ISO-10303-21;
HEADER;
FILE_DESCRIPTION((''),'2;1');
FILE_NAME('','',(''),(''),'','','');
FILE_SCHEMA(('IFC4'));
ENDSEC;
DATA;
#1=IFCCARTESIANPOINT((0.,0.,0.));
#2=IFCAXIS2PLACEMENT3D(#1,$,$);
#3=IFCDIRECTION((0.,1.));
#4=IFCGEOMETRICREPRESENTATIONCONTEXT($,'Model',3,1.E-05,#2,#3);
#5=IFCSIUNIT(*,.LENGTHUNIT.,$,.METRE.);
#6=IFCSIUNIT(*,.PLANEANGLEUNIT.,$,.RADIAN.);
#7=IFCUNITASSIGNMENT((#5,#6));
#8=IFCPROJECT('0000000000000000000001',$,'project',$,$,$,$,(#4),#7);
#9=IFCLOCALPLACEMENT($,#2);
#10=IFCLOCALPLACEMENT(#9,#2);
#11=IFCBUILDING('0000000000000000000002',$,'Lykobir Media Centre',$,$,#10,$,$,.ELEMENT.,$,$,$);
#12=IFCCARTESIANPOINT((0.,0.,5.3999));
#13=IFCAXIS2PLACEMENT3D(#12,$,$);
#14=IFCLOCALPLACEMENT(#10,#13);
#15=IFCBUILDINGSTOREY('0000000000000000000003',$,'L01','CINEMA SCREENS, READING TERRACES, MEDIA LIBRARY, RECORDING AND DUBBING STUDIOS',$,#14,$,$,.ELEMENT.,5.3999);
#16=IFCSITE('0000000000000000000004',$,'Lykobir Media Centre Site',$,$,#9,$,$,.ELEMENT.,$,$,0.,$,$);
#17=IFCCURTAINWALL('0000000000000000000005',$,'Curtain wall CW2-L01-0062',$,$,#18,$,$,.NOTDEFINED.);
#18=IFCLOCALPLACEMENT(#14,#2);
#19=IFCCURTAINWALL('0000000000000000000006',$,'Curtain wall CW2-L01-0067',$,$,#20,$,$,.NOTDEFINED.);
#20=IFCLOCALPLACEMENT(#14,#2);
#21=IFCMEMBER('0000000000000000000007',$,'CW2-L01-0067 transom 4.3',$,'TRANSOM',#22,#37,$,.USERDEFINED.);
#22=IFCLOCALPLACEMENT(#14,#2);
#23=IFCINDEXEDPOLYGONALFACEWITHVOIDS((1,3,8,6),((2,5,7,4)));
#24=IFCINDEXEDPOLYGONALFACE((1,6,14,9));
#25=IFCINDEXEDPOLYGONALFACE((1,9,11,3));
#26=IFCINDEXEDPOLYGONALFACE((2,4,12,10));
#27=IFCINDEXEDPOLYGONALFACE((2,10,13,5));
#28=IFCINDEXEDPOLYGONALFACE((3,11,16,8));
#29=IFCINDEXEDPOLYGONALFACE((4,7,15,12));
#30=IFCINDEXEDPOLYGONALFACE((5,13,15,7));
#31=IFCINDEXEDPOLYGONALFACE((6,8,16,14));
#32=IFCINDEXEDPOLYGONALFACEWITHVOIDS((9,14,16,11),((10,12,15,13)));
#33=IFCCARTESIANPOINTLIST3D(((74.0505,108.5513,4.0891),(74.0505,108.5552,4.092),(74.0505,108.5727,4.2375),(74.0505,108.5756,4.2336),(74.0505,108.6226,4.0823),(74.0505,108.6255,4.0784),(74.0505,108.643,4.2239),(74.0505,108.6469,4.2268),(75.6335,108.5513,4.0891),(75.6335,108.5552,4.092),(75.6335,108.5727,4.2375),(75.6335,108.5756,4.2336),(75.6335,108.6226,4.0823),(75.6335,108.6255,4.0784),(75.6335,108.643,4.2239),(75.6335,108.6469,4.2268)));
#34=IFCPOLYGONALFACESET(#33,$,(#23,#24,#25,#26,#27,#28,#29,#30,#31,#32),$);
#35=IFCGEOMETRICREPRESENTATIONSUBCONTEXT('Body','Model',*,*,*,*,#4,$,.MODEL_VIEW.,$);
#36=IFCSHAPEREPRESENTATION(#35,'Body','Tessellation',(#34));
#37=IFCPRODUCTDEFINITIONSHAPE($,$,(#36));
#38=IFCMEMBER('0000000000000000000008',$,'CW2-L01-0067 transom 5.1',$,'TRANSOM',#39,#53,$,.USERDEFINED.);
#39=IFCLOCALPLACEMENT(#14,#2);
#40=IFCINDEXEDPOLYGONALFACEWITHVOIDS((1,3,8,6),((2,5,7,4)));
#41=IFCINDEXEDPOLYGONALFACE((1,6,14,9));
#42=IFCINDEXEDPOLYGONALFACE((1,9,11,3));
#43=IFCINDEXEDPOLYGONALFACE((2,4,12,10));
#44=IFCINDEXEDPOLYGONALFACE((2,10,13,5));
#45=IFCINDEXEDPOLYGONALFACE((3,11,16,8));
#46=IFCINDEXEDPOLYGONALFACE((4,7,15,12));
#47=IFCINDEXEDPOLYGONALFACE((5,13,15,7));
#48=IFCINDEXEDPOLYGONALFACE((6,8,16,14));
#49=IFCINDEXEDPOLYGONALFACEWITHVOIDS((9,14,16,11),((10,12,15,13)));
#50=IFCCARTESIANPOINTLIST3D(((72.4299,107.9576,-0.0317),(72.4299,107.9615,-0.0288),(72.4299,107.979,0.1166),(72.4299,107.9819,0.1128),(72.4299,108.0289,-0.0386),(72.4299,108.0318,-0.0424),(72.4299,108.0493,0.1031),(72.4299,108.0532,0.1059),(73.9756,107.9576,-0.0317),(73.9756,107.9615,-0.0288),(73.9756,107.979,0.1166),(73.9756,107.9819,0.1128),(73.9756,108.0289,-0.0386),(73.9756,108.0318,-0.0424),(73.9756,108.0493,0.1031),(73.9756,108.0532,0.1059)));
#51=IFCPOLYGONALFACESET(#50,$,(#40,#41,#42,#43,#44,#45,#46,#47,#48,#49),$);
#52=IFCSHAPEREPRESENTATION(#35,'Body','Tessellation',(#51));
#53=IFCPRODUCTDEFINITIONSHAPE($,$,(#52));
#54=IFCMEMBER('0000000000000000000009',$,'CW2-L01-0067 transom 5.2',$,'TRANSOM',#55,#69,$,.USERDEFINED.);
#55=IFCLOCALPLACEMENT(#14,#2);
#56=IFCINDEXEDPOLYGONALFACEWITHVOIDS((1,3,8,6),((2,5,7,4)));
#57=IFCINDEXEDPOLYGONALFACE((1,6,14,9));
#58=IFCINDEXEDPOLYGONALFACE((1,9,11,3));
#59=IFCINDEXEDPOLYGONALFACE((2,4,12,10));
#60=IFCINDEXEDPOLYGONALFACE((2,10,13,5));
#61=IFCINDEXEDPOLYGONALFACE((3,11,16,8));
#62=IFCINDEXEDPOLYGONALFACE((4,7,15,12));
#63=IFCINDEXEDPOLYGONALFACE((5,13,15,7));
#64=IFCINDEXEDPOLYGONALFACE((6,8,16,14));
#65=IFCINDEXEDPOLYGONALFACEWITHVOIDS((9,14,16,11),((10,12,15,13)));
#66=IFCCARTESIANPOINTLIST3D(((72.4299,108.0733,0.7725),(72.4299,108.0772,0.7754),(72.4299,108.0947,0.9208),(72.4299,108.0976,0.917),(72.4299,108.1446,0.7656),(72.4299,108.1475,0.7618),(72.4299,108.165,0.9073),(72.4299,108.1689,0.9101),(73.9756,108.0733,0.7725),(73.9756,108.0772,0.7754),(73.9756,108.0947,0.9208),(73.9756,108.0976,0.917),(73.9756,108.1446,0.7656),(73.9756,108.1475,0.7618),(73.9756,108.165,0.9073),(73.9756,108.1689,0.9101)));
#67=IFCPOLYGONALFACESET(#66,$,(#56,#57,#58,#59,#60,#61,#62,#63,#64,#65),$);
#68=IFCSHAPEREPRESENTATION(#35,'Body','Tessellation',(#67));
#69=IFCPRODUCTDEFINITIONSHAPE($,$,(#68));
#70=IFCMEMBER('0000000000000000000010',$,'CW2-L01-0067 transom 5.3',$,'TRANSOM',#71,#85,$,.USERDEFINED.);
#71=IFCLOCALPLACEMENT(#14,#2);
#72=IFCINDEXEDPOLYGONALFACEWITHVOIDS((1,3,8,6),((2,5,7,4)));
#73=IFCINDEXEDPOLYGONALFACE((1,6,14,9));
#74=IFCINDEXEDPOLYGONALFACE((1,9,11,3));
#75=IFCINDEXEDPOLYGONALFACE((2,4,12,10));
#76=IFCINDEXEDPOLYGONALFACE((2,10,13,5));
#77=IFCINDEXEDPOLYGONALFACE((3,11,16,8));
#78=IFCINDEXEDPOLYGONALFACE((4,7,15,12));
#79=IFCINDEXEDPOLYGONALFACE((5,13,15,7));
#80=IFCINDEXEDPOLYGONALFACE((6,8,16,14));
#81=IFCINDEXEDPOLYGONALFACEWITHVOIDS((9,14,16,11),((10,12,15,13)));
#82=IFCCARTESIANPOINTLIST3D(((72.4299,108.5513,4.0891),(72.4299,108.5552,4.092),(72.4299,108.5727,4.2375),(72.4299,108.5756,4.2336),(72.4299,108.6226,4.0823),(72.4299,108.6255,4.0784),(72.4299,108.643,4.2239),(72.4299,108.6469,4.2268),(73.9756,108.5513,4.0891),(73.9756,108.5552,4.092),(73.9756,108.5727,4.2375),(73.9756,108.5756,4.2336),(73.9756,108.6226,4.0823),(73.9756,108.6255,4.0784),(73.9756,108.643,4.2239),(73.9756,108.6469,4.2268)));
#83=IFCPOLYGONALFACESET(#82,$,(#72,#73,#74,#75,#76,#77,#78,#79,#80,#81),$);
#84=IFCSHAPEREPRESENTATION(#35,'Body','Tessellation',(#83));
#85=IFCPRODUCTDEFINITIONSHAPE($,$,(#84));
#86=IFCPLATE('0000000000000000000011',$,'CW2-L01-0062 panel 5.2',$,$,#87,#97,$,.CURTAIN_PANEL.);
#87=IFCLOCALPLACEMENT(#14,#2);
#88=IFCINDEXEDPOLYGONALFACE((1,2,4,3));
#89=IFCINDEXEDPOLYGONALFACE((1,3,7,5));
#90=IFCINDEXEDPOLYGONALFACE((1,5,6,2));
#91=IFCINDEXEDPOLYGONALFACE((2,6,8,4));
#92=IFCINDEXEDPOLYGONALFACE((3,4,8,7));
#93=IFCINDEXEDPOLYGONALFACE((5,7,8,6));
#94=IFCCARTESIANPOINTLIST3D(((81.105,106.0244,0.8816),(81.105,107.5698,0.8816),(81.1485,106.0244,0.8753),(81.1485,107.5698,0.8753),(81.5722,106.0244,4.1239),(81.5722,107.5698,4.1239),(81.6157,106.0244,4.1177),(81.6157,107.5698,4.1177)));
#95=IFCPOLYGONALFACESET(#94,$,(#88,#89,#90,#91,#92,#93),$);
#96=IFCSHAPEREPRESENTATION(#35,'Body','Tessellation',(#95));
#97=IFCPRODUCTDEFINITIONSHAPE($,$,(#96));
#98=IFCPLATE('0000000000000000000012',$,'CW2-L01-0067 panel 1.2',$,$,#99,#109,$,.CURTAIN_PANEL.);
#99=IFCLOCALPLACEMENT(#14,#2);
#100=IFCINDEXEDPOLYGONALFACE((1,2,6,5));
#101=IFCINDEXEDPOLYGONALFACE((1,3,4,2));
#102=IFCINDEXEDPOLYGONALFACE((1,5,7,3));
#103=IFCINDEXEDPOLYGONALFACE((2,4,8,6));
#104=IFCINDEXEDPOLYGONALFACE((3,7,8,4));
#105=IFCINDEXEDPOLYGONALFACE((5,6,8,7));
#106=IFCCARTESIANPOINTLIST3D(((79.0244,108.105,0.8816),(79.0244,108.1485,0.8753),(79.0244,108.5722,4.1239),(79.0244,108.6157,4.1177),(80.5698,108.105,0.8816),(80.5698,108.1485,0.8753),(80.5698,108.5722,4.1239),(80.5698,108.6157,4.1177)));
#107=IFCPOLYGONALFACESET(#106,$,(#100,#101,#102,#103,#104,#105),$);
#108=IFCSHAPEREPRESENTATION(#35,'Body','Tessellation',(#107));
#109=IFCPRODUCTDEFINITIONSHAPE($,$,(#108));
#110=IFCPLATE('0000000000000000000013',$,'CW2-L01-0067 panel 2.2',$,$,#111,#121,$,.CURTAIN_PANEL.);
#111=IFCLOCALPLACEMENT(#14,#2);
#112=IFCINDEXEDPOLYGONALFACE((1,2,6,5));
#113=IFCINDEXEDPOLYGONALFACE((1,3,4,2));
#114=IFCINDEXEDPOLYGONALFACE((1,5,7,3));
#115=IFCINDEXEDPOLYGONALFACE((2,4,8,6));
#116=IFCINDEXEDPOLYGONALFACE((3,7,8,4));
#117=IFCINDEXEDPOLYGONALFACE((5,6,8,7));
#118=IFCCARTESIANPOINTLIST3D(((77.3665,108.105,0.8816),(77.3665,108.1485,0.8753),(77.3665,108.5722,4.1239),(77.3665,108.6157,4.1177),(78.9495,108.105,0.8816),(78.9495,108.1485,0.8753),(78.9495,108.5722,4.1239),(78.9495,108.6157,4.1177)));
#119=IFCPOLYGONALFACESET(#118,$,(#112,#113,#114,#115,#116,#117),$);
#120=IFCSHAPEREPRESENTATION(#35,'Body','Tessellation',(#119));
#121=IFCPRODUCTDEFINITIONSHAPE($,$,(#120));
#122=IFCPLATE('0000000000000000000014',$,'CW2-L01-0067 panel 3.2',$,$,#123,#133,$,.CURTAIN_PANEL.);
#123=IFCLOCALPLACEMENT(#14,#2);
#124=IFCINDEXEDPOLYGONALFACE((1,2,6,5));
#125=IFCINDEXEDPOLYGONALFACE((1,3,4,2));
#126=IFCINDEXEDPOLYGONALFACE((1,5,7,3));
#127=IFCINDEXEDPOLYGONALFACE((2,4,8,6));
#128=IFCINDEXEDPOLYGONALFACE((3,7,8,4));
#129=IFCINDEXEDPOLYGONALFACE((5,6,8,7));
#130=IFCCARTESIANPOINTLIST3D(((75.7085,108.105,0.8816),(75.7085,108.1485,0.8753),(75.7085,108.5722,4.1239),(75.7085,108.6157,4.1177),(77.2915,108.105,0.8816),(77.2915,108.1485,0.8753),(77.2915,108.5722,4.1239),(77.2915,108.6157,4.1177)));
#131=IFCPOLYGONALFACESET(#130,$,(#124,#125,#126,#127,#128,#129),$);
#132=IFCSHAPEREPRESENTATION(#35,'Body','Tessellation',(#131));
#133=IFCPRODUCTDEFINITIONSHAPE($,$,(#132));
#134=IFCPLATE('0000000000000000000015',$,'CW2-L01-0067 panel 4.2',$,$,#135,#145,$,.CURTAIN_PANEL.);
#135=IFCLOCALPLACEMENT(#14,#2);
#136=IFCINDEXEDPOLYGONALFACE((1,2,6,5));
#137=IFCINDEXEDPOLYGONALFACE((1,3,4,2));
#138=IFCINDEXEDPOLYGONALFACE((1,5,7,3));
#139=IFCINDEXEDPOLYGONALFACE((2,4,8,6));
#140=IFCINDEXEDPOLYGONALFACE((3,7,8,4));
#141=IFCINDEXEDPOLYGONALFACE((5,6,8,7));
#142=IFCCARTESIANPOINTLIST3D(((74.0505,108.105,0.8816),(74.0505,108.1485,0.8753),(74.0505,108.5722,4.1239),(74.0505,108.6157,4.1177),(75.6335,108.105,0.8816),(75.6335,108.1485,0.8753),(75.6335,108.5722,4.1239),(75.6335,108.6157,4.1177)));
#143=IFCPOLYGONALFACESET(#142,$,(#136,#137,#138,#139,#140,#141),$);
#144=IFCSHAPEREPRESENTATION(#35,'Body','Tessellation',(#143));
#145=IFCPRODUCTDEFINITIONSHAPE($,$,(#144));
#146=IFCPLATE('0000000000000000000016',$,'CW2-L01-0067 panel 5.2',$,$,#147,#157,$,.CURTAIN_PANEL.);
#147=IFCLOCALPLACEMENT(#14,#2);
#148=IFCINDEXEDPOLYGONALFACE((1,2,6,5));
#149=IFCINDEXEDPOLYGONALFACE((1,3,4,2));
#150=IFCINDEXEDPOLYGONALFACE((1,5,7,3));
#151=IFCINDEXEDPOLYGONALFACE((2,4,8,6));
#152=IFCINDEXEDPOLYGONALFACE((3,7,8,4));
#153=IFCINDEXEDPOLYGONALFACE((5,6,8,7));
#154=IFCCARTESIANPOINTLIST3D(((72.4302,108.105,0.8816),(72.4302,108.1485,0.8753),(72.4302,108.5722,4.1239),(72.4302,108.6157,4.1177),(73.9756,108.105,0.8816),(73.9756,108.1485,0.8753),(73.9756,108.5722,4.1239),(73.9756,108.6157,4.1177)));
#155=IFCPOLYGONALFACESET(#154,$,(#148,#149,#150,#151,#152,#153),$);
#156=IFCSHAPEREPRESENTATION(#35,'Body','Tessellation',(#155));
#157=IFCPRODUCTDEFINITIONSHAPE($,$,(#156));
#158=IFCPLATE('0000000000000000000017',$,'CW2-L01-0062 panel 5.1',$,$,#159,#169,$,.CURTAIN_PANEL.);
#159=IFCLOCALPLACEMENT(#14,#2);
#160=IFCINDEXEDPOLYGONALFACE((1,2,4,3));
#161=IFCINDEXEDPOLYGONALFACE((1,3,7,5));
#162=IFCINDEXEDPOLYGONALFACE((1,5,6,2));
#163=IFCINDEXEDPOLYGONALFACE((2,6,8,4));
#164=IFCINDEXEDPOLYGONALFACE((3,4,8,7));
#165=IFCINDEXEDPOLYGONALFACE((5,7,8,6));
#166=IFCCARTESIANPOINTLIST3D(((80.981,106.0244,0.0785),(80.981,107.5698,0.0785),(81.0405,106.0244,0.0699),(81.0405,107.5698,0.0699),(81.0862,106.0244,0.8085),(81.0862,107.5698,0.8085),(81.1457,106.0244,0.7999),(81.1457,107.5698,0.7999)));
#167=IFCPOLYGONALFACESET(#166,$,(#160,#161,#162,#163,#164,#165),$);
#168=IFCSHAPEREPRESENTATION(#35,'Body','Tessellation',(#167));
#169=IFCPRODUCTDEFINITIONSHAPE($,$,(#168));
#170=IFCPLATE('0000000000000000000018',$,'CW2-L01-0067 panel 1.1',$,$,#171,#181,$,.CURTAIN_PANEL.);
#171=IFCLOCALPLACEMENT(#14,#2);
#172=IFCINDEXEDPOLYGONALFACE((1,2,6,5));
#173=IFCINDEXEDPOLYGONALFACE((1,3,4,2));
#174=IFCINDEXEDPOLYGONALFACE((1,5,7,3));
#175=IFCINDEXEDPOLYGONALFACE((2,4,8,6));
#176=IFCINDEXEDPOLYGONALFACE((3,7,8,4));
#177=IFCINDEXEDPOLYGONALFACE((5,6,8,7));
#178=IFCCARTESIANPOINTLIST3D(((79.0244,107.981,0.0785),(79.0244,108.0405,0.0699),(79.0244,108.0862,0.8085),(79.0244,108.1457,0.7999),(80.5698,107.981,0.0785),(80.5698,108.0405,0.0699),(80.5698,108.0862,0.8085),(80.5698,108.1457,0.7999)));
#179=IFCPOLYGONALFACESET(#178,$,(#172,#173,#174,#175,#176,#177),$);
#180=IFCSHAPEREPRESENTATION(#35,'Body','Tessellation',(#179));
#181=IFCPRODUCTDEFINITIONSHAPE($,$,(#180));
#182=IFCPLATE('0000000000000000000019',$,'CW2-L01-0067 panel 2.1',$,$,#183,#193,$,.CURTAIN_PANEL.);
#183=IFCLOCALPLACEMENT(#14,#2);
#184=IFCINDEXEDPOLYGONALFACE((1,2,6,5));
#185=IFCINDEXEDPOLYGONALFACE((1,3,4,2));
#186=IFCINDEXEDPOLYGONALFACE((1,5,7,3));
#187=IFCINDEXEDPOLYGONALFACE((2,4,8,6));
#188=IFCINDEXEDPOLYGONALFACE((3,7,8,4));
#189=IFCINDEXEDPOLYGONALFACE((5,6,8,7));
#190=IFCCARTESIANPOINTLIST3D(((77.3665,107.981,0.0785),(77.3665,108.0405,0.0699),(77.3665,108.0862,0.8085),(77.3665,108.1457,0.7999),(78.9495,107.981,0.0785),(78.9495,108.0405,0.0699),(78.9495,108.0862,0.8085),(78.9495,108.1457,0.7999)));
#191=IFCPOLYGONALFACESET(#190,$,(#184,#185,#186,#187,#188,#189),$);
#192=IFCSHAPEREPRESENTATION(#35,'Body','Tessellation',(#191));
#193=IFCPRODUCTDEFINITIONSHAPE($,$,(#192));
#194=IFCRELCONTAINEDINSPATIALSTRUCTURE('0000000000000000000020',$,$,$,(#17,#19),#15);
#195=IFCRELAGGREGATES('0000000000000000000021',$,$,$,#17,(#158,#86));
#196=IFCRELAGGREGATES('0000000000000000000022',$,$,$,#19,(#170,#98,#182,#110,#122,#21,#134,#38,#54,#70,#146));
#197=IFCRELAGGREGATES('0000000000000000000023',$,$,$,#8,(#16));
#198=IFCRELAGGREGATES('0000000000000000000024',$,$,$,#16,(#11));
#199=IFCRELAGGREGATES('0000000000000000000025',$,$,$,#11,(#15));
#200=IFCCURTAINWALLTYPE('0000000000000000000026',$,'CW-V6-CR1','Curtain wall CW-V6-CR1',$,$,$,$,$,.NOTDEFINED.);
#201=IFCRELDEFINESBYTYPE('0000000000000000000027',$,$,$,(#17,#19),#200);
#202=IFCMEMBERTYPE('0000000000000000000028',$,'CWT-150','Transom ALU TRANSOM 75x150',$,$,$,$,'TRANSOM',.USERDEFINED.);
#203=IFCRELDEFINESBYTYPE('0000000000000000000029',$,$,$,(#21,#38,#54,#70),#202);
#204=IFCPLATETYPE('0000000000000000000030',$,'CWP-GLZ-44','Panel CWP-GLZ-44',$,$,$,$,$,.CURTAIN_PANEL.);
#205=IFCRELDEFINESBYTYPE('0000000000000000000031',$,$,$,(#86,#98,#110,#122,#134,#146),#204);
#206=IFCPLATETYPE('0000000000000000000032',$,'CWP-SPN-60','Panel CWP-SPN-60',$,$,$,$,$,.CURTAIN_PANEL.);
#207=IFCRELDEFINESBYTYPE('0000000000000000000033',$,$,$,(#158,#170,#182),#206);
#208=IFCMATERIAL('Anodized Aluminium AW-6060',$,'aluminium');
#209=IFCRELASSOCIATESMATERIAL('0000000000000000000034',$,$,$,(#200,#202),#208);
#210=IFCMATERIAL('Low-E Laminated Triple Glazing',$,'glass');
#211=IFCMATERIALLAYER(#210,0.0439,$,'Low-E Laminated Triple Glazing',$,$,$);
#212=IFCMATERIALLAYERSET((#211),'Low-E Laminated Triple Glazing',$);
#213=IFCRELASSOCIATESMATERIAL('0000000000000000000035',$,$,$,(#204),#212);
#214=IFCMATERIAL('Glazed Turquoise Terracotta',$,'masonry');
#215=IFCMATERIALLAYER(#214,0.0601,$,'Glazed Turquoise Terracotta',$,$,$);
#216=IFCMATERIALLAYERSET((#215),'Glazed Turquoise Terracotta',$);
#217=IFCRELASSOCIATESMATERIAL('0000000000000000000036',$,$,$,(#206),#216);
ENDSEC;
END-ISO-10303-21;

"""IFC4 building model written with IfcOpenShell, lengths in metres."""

from ifc_helpers import new_model, si_unit, direction, frame, origin, origin_2d, place, context, subcontext, project, spatial, rectangle, hollow_rectangle, extrude, material, layer, layer_set, material_profile, profile_set, type_object, element, aggregate, save


model = new_model("IFC4")

# Units and contexts
model_context = context("Model", 3, precision=1e-05, world=origin(), true_north=direction((0.0, 1.0)))
body_context = subcontext(model_context, "Body", "Model", "MODEL_VIEW")
ifc_project = project(units=[si_unit("LENGTHUNIT", "METRE"), si_unit("PLANEANGLEUNIT", "RADIAN")], contexts=[model_context])

# Site, building, storey
site_placement = place(None, origin())
site = spatial("IfcSite", under=ifc_project, at=site_placement, Name="Lykobir Media Centre Site", CompositionType="ELEMENT", RefElevation=0.0)
building_placement = place(site_placement, origin())
building = spatial("IfcBuilding", under=site, at=building_placement, Name="Lykobir Media Centre", CompositionType="ELEMENT")
storey_placement = place(building_placement, frame((0.0, 0.0, 5.3999)))
storey = spatial("IfcBuildingStorey", under=building, at=storey_placement, Name="L01", Description="CINEMA SCREENS, READING TERRACES, MEDIA LIBRARY, RECORDING AND DUBBING STUDIOS", CompositionType="ELEMENT", Elevation=5.3999)

# Curtain wall
ifc_material_1 = material(Name="Anodized Aluminium AW-6060", Category="aluminium")
curtain_wall_type = type_object("IfcCurtainWallType", Name="CW-V6-CR1", Description="Curtain wall CW-V6-CR1", PredefinedType="NOTDEFINED", material=ifc_material_1)
curtain_wall_1_placement = place(storey_placement, origin())
curtain_wall_1 = element("IfcCurtainWall", 1, at=curtain_wall_1_placement, inside=storey, type_object=curtain_wall_type, Name="Curtain wall CW2-L01-0062", PredefinedType="NOTDEFINED")

# Curtain wall
curtain_wall_2_placement = place(storey_placement, origin())
curtain_wall_2 = element("IfcCurtainWall", 2, at=curtain_wall_2_placement, inside=storey, type_object=curtain_wall_type, Name="Curtain wall CW2-L01-0067", PredefinedType="NOTDEFINED")

# Members
ifc_material_profile_1 = material_profile(ifc_material_1, hollow_rectangle(XDim=0.075, YDim=0.1499, WallThickness=0.0034, at=origin_2d()), Name="ALU TRANSOM 75x150")
ifc_profile_set_1 = profile_set([ifc_material_profile_1], Name="Anodized Aluminium AW-6060")
member_type_1 = type_object("IfcMemberType", Name="CWT-150", Description="Transom ALU TRANSOM 75x150", ElementType="TRANSOM", PredefinedType="USERDEFINED", material=ifc_profile_set_1)
member_1_placement = place(storey_placement, frame((75.6335, 108.5991, 4.158), z_axis=(-1.0, 0.0, 0.0), x_axis=(0.0, -0.989776, 0.142629)))
member_1 = element("IfcMember", 3, at=member_1_placement, type_object=member_type_1, Name="CW2-L01-0067 transom 4.3", ObjectType="TRANSOM", PredefinedType="USERDEFINED", context=body_context, shape_type="SweptSolid", body=[
    extrude(hollow_rectangle(XDim=0.075, YDim=0.1499, WallThickness=0.0034, at=origin_2d()), origin(), (0.0, 0.0, 1.0), 1.583),
])
member_2_placement = place(storey_placement, frame((73.9756, 108.0054, 0.0371), z_axis=(-1.0, 0.0, 0.0), x_axis=(0.0, -0.989776, 0.142629)))
member_2 = element("IfcMember", 4, at=member_2_placement, type_object=member_type_1, Name="CW2-L01-0067 transom 5.1", ObjectType="TRANSOM", PredefinedType="USERDEFINED", context=body_context, shape_type="SweptSolid", body=[
    extrude(hollow_rectangle(XDim=0.075, YDim=0.1499, WallThickness=0.0034, at=origin_2d()), origin(), (0.0, 0.0, 1.0), 1.5457),
])
member_3_placement = place(storey_placement, frame((73.9756, 108.1211, 0.8413), z_axis=(-1.0, 0.0, 0.0), x_axis=(0.0, -0.989776, 0.142629)))
member_3 = element("IfcMember", 5, at=member_3_placement, type_object=member_type_1, Name="CW2-L01-0067 transom 5.2", ObjectType="TRANSOM", PredefinedType="USERDEFINED", context=body_context, shape_type="SweptSolid", body=[
    extrude(hollow_rectangle(XDim=0.075, YDim=0.1499, WallThickness=0.0034, at=origin_2d()), origin(), (0.0, 0.0, 1.0), 1.5457),
])
member_4_placement = place(storey_placement, frame((73.9756, 108.5991, 4.158), z_axis=(-1.0, 0.0, 0.0), x_axis=(0.0, -0.989776, 0.142629)))
member_4 = element("IfcMember", 6, at=member_4_placement, type_object=member_type_1, Name="CW2-L01-0067 transom 5.3", ObjectType="TRANSOM", PredefinedType="USERDEFINED", context=body_context, shape_type="SweptSolid", body=[
    extrude(hollow_rectangle(XDim=0.075, YDim=0.1499, WallThickness=0.0034, at=origin_2d()), origin(), (0.0, 0.0, 1.0), 1.5457),
])

# Plates
ifc_material_2 = material(Name="Low-E Laminated Triple Glazing", Category="glass")
ifc_layer_1 = layer(ifc_material_2, 0.0439, Name="Low-E Laminated Triple Glazing")
ifc_layer_set_1 = layer_set([ifc_layer_1], Name="Low-E Laminated Triple Glazing")
plate_type_1 = type_object("IfcPlateType", Name="CWP-GLZ-44", Description="Panel CWP-GLZ-44", PredefinedType="CURTAIN_PANEL", material=ifc_layer_set_1)
plate_1_placement = place(storey_placement, frame((81.1267, 106.7971, 0.8784), z_axis=(0.142629, 0.0, 0.989776), x_axis=(0.0, 1.0, 0.0)))
plate_1 = element("IfcPlate", 7, at=plate_1_placement, type_object=plate_type_1, Name="CW2-L01-0062 panel 5.2", PredefinedType="CURTAIN_PANEL", context=body_context, shape_type="SweptSolid", body=[
    extrude(rectangle(XDim=1.5454, YDim=0.0439, at=origin_2d()), origin(), (0.0, 0.0, 1.0), 3.2759),
])
plate_2_placement = place(storey_placement, frame((79.7971, 108.1267, 0.8784), z_axis=(0.0, 0.142629, 0.989776), x_axis=(-1.0, 0.0, 0.0)))
plate_2 = element("IfcPlate", 8, at=plate_2_placement, type_object=plate_type_1, Name="CW2-L01-0067 panel 1.2", PredefinedType="CURTAIN_PANEL", context=body_context, shape_type="SweptSolid", body=[
    extrude(rectangle(XDim=1.5454, YDim=0.0439, at=origin_2d()), origin(), (0.0, 0.0, 1.0), 3.2759),
])
plate_3_placement = place(storey_placement, frame((78.158, 108.1267, 0.8784), z_axis=(0.0, 0.142629, 0.989776), x_axis=(-1.0, 0.0, 0.0)))
plate_3 = element("IfcPlate", 9, at=plate_3_placement, type_object=plate_type_1, Name="CW2-L01-0067 panel 2.2", PredefinedType="CURTAIN_PANEL", context=body_context, shape_type="SweptSolid", body=[
    extrude(rectangle(XDim=1.583, YDim=0.0439, at=origin_2d()), origin(), (0.0, 0.0, 1.0), 3.2759),
])
plate_4_placement = place(storey_placement, frame((76.5, 108.1267, 0.8784), z_axis=(0.0, 0.142629, 0.989776), x_axis=(-1.0, 0.0, 0.0)))
plate_4 = element("IfcPlate", 10, at=plate_4_placement, type_object=plate_type_1, Name="CW2-L01-0067 panel 3.2", PredefinedType="CURTAIN_PANEL", context=body_context, shape_type="SweptSolid", body=[
    extrude(rectangle(XDim=1.583, YDim=0.0439, at=origin_2d()), origin(), (0.0, 0.0, 1.0), 3.2759),
])
plate_5_placement = place(storey_placement, frame((74.842, 108.1267, 0.8784), z_axis=(0.0, 0.142629, 0.989776), x_axis=(-1.0, 0.0, 0.0)))
plate_5 = element("IfcPlate", 11, at=plate_5_placement, type_object=plate_type_1, Name="CW2-L01-0067 panel 4.2", PredefinedType="CURTAIN_PANEL", context=body_context, shape_type="SweptSolid", body=[
    extrude(rectangle(XDim=1.583, YDim=0.0439, at=origin_2d()), origin(), (0.0, 0.0, 1.0), 3.2759),
])
plate_6_placement = place(storey_placement, frame((73.2029, 108.1267, 0.8784), z_axis=(0.0, 0.142629, 0.989776), x_axis=(-1.0, 0.0, 0.0)))
plate_6 = element("IfcPlate", 12, at=plate_6_placement, type_object=plate_type_1, Name="CW2-L01-0067 panel 5.2", PredefinedType="CURTAIN_PANEL", context=body_context, shape_type="SweptSolid", body=[
    extrude(rectangle(XDim=1.5454, YDim=0.0439, at=origin_2d()), origin(), (0.0, 0.0, 1.0), 3.2759),
])
ifc_material_3 = material(Name="Glazed Turquoise Terracotta", Category="masonry")
ifc_layer_2 = layer(ifc_material_3, 0.0601, Name="Glazed Turquoise Terracotta")
ifc_layer_set_2 = layer_set([ifc_layer_2], Name="Glazed Turquoise Terracotta")
plate_type_2 = type_object("IfcPlateType", Name="CWP-SPN-60", Description="Panel CWP-SPN-60", PredefinedType="CURTAIN_PANEL", material=ifc_layer_set_2)
plate_7_placement = place(storey_placement, frame((81.0107, 106.7971, 0.0742), z_axis=(0.142629, 0.0, 0.989776), x_axis=(0.0, 1.0, 0.0)))
plate_7 = element("IfcPlate", 13, at=plate_7_placement, type_object=plate_type_2, Name="CW2-L01-0062 panel 5.1", PredefinedType="CURTAIN_PANEL", context=body_context, shape_type="SweptSolid", body=[
    extrude(rectangle(XDim=1.5454, YDim=0.0601, at=origin_2d()), origin(), (0.0, 0.0, 1.0), 0.7375),
])
aggregate(curtain_wall_1, [plate_7, plate_1])
plate_8_placement = place(storey_placement, frame((79.7971, 108.0107, 0.0742), z_axis=(0.0, 0.142629, 0.989776), x_axis=(-1.0, 0.0, 0.0)))
plate_8 = element("IfcPlate", 14, at=plate_8_placement, type_object=plate_type_2, Name="CW2-L01-0067 panel 1.1", PredefinedType="CURTAIN_PANEL", context=body_context, shape_type="SweptSolid", body=[
    extrude(rectangle(XDim=1.5454, YDim=0.0601, at=origin_2d()), origin(), (0.0, 0.0, 1.0), 0.7375),
])
plate_9_placement = place(storey_placement, frame((78.158, 108.0107, 0.0742), z_axis=(0.0, 0.142629, 0.989776), x_axis=(-1.0, 0.0, 0.0)))
plate_9 = element("IfcPlate", 15, at=plate_9_placement, type_object=plate_type_2, Name="CW2-L01-0067 panel 2.1", PredefinedType="CURTAIN_PANEL", context=body_context, shape_type="SweptSolid", body=[
    extrude(rectangle(XDim=1.583, YDim=0.0601, at=origin_2d()), origin(), (0.0, 0.0, 1.0), 0.7375),
])
aggregate(curtain_wall_2, [plate_8, plate_2, plate_9, plate_3, plate_4, member_1, plate_5, member_2, member_3, member_4, plate_6])

save(model, "model.ifc")
